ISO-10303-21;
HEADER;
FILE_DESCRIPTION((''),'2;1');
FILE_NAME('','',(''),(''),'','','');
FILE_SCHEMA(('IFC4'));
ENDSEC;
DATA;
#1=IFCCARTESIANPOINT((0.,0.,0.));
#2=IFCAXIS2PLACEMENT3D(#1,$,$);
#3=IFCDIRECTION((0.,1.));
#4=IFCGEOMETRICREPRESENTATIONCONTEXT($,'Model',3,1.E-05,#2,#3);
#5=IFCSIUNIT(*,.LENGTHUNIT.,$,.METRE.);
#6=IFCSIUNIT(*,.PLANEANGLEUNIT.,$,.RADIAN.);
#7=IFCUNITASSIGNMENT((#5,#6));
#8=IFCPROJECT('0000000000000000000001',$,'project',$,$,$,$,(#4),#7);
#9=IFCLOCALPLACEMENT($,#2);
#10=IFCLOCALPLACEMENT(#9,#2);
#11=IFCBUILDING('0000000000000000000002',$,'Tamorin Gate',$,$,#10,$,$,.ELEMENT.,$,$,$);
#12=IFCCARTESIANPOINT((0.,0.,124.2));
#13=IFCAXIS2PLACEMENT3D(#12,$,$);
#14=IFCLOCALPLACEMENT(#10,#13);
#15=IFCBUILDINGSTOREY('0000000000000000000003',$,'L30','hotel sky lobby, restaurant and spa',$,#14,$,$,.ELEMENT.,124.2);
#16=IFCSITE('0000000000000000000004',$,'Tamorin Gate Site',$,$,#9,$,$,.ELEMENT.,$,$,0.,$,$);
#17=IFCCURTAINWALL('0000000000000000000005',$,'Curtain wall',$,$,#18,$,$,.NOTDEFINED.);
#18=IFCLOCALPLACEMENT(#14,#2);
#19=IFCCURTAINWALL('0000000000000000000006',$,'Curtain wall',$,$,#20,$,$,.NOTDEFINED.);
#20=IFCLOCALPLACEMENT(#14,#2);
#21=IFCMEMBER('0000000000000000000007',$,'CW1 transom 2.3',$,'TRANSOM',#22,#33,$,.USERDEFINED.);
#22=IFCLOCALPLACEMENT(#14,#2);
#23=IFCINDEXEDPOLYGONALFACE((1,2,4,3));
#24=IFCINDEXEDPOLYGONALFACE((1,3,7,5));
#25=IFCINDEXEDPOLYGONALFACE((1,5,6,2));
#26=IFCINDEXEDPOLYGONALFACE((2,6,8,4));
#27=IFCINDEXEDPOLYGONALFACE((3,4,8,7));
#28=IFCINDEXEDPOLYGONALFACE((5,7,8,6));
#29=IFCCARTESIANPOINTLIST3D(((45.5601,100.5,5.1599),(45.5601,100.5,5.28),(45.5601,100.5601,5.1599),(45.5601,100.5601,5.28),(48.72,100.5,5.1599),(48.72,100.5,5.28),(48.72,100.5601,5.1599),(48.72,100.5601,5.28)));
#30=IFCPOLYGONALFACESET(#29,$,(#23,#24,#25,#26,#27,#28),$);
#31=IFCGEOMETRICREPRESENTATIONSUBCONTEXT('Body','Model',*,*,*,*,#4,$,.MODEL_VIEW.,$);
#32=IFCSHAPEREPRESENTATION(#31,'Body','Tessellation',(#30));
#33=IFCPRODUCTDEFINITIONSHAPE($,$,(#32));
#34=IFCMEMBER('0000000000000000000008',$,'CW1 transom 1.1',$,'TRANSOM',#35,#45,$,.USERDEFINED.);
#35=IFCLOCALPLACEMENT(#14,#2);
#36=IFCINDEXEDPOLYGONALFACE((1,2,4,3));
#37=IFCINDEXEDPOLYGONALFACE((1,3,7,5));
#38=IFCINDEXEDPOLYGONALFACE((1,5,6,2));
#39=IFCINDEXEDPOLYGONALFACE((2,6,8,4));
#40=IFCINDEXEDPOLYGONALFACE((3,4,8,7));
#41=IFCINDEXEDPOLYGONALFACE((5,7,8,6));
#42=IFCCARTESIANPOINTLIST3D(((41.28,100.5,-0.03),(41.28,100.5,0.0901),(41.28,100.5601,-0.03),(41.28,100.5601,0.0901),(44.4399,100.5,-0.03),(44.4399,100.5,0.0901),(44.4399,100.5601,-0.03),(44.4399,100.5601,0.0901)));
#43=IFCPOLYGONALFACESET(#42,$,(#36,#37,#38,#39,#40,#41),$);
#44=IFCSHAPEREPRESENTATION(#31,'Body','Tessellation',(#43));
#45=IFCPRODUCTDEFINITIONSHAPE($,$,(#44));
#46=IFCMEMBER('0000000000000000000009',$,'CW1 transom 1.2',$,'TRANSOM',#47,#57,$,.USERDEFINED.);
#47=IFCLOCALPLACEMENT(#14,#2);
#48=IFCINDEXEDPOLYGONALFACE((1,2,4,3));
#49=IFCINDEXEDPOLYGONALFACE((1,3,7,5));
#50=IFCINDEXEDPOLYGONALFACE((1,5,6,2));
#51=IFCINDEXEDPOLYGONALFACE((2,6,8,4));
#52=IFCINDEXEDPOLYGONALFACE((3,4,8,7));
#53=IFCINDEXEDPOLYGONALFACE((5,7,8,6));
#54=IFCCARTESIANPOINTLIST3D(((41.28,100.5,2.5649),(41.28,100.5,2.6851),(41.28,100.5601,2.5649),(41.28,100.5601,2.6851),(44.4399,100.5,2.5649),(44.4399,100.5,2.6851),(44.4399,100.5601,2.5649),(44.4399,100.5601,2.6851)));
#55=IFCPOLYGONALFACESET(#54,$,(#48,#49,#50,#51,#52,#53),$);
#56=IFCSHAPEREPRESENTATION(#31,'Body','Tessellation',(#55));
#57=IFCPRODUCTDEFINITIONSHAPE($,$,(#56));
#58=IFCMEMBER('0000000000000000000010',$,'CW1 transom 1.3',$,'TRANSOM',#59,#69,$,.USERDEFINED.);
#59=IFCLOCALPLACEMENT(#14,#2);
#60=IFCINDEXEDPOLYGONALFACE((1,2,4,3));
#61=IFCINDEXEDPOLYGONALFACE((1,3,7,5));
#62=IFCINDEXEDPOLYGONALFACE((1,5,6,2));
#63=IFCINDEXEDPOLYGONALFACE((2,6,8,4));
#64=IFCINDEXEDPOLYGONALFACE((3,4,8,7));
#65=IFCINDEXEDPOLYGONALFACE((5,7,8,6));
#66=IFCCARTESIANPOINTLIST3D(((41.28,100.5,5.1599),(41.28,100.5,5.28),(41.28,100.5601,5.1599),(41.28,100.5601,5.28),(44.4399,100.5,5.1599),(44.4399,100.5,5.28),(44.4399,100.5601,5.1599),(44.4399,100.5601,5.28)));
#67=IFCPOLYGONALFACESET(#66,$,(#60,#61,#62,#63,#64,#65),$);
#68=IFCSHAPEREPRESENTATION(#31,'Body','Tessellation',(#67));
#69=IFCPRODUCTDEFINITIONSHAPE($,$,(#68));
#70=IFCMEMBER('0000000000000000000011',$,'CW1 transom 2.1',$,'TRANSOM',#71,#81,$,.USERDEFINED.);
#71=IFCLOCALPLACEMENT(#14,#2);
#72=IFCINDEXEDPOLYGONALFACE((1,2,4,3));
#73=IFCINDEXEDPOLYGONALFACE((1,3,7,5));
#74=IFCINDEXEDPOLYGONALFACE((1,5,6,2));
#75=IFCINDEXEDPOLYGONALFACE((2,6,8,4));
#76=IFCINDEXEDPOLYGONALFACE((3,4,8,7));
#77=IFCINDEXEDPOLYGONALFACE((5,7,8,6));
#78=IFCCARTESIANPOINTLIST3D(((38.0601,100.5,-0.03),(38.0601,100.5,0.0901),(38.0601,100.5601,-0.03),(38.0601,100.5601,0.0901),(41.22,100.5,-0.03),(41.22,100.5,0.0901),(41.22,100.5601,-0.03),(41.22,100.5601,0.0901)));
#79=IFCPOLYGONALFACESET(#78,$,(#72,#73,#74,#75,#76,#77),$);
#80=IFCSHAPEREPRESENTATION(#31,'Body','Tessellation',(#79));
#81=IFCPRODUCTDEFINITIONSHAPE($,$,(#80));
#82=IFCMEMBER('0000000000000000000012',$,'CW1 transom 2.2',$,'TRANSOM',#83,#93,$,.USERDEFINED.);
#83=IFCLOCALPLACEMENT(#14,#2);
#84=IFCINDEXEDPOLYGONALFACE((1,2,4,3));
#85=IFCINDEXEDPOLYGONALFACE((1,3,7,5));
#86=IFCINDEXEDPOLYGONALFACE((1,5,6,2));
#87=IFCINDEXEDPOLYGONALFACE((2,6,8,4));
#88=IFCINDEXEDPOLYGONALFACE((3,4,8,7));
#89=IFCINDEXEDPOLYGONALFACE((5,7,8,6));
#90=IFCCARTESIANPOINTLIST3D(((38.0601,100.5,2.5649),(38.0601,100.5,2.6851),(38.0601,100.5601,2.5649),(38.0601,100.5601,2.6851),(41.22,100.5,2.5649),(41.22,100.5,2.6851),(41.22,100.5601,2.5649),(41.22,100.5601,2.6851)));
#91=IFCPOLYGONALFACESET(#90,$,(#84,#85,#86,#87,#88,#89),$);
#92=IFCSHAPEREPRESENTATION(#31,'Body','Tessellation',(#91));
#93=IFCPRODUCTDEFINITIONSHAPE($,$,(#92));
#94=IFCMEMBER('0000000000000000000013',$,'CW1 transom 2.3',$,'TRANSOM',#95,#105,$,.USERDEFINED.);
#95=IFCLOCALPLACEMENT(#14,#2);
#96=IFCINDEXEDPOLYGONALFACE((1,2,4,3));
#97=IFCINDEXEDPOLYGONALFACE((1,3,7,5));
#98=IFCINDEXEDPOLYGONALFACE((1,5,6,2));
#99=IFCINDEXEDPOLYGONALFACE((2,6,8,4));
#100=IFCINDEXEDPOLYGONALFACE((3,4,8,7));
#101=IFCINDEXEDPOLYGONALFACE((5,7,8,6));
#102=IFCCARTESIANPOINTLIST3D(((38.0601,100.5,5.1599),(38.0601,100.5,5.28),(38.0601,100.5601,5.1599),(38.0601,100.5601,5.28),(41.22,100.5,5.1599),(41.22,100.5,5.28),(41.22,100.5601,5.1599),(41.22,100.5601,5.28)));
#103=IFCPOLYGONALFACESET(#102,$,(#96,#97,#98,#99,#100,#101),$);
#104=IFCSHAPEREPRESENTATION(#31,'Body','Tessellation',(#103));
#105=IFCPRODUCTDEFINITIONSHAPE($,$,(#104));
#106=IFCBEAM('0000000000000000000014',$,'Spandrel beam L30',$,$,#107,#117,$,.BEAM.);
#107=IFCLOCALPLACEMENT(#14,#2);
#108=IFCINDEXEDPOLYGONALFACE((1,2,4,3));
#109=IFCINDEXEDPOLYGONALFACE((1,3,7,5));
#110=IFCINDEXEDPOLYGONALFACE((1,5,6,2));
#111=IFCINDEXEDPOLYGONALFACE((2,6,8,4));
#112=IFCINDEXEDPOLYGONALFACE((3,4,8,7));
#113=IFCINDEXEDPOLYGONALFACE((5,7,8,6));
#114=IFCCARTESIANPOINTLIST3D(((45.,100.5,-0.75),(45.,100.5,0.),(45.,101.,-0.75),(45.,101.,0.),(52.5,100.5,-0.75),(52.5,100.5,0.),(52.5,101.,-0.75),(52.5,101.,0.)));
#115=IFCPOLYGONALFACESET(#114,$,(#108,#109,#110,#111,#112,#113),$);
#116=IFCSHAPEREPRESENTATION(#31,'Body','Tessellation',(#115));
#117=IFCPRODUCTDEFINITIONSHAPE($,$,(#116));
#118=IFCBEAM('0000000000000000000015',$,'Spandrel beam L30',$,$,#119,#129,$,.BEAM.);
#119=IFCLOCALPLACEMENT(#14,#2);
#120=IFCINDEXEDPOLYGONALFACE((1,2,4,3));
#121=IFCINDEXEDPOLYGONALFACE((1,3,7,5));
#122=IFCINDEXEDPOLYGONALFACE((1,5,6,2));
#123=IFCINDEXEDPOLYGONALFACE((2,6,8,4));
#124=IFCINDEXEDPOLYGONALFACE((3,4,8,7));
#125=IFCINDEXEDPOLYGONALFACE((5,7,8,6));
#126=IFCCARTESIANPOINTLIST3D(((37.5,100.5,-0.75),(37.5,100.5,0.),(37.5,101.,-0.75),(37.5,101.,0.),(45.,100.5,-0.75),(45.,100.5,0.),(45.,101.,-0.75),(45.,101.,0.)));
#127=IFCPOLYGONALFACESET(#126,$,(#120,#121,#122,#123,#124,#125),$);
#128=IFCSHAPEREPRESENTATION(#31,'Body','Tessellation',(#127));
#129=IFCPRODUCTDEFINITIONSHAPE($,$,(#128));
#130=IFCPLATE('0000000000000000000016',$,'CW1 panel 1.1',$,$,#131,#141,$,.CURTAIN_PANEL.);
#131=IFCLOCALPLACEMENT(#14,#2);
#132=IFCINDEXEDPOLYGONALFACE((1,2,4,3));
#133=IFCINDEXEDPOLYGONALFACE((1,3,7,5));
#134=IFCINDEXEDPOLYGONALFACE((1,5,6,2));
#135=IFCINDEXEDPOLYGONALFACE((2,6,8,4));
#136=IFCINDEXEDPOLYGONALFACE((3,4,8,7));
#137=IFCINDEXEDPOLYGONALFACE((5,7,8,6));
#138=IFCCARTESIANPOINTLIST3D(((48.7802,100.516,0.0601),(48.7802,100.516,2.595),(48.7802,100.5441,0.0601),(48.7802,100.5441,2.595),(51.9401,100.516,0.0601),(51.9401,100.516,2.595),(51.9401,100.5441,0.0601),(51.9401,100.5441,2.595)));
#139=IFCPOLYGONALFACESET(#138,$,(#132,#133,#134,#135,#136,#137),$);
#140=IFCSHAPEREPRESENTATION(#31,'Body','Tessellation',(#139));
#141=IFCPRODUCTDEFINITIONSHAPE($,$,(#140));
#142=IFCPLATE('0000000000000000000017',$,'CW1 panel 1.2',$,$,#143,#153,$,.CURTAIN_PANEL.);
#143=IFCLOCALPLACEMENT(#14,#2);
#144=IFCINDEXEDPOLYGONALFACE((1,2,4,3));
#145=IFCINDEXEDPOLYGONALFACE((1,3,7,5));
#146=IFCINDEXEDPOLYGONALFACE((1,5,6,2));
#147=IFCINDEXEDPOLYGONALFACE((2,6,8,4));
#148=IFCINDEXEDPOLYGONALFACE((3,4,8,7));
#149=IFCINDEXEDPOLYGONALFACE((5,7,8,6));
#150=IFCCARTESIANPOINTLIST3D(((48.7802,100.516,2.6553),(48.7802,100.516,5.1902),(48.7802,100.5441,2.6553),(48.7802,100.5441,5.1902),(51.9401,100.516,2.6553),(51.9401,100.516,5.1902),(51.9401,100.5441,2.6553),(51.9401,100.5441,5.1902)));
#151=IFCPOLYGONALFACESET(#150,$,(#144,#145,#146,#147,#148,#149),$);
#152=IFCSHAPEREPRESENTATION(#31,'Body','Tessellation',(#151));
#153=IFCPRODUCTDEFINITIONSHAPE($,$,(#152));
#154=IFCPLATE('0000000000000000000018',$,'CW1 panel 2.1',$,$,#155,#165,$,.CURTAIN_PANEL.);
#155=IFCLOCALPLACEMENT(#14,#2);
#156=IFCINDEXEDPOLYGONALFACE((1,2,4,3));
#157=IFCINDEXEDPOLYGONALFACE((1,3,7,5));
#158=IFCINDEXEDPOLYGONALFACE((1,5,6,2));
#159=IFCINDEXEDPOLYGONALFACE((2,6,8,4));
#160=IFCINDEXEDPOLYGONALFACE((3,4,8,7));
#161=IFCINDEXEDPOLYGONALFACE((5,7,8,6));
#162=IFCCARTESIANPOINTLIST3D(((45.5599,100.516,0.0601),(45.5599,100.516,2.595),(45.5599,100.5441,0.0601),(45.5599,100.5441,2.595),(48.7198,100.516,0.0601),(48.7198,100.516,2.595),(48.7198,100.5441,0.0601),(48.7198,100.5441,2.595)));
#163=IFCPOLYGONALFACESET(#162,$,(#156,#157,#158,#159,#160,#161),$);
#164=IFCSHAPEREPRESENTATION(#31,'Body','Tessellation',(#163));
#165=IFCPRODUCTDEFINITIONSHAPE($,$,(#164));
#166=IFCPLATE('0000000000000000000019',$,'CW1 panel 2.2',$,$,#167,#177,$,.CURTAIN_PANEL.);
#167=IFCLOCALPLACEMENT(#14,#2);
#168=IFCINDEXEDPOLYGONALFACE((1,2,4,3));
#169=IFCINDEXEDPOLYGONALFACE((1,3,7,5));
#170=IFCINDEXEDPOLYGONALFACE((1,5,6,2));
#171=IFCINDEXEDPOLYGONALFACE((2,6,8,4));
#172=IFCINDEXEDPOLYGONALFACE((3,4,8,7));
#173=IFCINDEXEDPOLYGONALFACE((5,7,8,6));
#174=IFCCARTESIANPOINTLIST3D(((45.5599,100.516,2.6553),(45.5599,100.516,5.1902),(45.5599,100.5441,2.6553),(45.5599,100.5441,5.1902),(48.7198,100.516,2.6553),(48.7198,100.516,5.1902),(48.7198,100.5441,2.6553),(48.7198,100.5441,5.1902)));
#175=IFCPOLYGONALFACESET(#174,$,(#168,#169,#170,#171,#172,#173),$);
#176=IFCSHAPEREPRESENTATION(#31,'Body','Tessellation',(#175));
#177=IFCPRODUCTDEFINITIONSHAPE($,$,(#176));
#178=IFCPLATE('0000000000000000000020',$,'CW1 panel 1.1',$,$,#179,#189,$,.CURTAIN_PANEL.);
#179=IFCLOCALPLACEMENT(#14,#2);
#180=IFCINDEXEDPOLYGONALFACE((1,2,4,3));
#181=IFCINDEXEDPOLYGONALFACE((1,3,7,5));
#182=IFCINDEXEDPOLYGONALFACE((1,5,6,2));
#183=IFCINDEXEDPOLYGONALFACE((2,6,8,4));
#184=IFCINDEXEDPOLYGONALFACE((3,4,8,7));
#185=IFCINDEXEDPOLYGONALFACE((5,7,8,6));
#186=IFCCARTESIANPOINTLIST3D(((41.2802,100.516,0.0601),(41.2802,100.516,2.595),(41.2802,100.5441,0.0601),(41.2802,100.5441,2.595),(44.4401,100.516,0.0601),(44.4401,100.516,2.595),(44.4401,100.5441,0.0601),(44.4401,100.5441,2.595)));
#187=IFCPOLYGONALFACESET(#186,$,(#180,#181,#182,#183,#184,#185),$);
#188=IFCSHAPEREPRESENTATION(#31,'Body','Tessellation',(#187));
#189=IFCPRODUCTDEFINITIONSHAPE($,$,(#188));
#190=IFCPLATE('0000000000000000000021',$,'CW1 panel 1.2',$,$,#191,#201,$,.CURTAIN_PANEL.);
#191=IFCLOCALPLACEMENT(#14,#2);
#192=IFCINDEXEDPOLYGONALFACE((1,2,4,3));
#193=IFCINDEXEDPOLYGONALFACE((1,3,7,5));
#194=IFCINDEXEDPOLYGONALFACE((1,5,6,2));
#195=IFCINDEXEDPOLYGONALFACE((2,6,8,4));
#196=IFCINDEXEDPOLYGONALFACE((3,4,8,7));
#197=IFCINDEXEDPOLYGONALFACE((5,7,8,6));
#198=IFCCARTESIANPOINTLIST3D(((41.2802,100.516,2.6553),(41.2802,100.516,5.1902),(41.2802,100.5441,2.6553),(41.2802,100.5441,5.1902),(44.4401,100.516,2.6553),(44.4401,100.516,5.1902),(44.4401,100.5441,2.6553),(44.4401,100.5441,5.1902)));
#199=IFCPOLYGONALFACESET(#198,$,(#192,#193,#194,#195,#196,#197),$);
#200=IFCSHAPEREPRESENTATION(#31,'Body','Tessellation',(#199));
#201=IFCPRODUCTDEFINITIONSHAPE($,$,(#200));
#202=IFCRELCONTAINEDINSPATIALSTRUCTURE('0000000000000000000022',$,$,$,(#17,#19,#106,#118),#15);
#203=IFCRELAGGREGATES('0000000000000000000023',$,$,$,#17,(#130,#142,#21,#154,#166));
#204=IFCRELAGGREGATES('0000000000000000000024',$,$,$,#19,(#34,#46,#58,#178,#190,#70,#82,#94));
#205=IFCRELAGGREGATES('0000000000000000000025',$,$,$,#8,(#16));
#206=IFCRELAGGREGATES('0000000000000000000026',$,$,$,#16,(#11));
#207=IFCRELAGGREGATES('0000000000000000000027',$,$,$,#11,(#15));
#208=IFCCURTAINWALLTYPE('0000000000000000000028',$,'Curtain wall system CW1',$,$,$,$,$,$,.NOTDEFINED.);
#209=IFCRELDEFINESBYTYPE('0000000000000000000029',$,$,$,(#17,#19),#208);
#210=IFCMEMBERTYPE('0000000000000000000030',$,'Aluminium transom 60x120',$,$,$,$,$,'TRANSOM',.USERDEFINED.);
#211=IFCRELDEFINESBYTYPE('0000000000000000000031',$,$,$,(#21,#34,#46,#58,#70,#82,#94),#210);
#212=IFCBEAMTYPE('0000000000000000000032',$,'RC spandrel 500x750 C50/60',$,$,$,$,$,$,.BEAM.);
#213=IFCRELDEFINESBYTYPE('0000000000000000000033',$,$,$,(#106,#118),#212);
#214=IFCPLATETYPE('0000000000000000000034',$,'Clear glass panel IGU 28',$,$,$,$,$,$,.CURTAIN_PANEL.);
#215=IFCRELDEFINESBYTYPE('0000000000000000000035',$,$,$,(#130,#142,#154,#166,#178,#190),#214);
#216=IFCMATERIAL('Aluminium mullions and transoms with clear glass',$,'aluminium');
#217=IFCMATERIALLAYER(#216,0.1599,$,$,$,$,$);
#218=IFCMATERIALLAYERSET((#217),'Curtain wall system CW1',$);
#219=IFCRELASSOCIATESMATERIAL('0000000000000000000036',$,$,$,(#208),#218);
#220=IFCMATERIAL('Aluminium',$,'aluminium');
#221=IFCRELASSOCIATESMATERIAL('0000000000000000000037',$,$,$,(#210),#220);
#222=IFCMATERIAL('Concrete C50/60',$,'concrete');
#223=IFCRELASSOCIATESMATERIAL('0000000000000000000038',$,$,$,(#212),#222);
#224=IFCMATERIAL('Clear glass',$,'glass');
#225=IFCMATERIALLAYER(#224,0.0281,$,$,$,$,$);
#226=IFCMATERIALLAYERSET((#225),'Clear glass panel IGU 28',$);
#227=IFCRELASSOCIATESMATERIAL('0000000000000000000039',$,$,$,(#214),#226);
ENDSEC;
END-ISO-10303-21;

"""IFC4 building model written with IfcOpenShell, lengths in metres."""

from ifc_helpers import new_model, si_unit, direction, frame, origin, origin_2d, place, context, subcontext, project, spatial, rectangle, extrude, material, layer, layer_set, material_profile, profile_set, type_object, element, aggregate, save


model = new_model("IFC4")

# Units and contexts
model_context = context("Model", 3, precision=1e-05, world=origin(), true_north=direction((0.0, 1.0)))
body_context = subcontext(model_context, "Body", "Model", "MODEL_VIEW")
ifc_project = project(units=[si_unit("LENGTHUNIT", "METRE"), si_unit("PLANEANGLEUNIT", "RADIAN")], contexts=[model_context])

# Site, building, storey
site_placement = place(None, origin())
site = spatial("IfcSite", under=ifc_project, at=site_placement, Name="Tamorin Gate Site", CompositionType="ELEMENT", RefElevation=0.0)
building_placement = place(site_placement, origin())
building = spatial("IfcBuilding", under=site, at=building_placement, Name="Tamorin Gate", CompositionType="ELEMENT")
storey_placement = place(building_placement, frame((0.0, 0.0, 124.2)))
storey = spatial("IfcBuildingStorey", under=building, at=storey_placement, Name="L30", Description="hotel sky lobby, restaurant and spa", CompositionType="ELEMENT", Elevation=124.2)

# Curtain walls
ifc_material_1 = material(Name="Aluminium mullions and transoms with clear glass", Category="aluminium")
ifc_layer_1 = layer(ifc_material_1, 0.1599)
ifc_layer_set_1 = layer_set([ifc_layer_1], Name="Curtain wall system CW1")
curtain_wall_type = type_object("IfcCurtainWallType", Name="Curtain wall system CW1", PredefinedType="NOTDEFINED", material=ifc_layer_set_1)
curtain_wall_1_placement = place(storey_placement, origin())
curtain_wall_1 = element("IfcCurtainWall", 1, at=curtain_wall_1_placement, inside=storey, type_object=curtain_wall_type, Name="Curtain wall", PredefinedType="NOTDEFINED")
ifc_material_2 = material(Name="Aluminium", Category="aluminium")
curtain_wall_2_placement = place(storey_placement, origin())
curtain_wall_2 = element("IfcCurtainWall", 2, at=curtain_wall_2_placement, inside=storey, type_object=curtain_wall_type, Name="Curtain wall", PredefinedType="NOTDEFINED")

# Members
ifc_material_profile_1 = material_profile(ifc_material_2, rectangle(XDim=0.0601, YDim=0.1201, at=origin_2d()), Name="RECT 60x120")
ifc_profile_set_1 = profile_set([ifc_material_profile_1], Name="Aluminium")
member_type_1 = type_object("IfcMemberType", Name="Aluminium transom 60x120", ElementType="TRANSOM", PredefinedType="USERDEFINED", material=ifc_profile_set_1)
member_1_placement = place(storey_placement, frame((48.72, 100.53, 5.22), z_axis=(-1.0, 0.0, 0.0), x_axis=(0.0, -1.0, 0.0)))
member_1 = element("IfcMember", 3, at=member_1_placement, type_object=member_type_1, Name="CW1 transom 2.3", ObjectType="TRANSOM", PredefinedType="USERDEFINED", context=body_context, shape_type="SweptSolid", body=[
    extrude(rectangle(XDim=0.0601, YDim=0.1201, at=origin_2d()), origin(), (0.0, 0.0, 1.0), 3.1599),
])
member_2_placement = place(storey_placement, frame((44.4399, 100.53, 0.03), z_axis=(-1.0, 0.0, 0.0), x_axis=(0.0, -1.0, 0.0)))
member_2 = element("IfcMember", 4, at=member_2_placement, type_object=member_type_1, Name="CW1 transom 1.1", ObjectType="TRANSOM", PredefinedType="USERDEFINED", context=body_context, shape_type="SweptSolid", body=[
    extrude(rectangle(XDim=0.0601, YDim=0.1201, at=origin_2d()), origin(), (0.0, 0.0, 1.0), 3.1599),
])
member_3_placement = place(storey_placement, frame((44.4399, 100.53, 2.625), z_axis=(-1.0, 0.0, 0.0), x_axis=(0.0, -1.0, 0.0)))
member_3 = element("IfcMember", 5, at=member_3_placement, type_object=member_type_1, Name="CW1 transom 1.2", ObjectType="TRANSOM", PredefinedType="USERDEFINED", context=body_context, shape_type="SweptSolid", body=[
    extrude(rectangle(XDim=0.0601, YDim=0.1201, at=origin_2d()), origin(), (0.0, 0.0, 1.0), 3.1599),
])
member_4_placement = place(storey_placement, frame((44.4399, 100.53, 5.22), z_axis=(-1.0, 0.0, 0.0), x_axis=(0.0, -1.0, 0.0)))
member_4 = element("IfcMember", 6, at=member_4_placement, type_object=member_type_1, Name="CW1 transom 1.3", ObjectType="TRANSOM", PredefinedType="USERDEFINED", context=body_context, shape_type="SweptSolid", body=[
    extrude(rectangle(XDim=0.0601, YDim=0.1201, at=origin_2d()), origin(), (0.0, 0.0, 1.0), 3.1599),
])
member_5_placement = place(storey_placement, frame((41.22, 100.53, 0.03), z_axis=(-1.0, 0.0, 0.0), x_axis=(0.0, -1.0, 0.0)))
member_5 = element("IfcMember", 7, at=member_5_placement, type_object=member_type_1, Name="CW1 transom 2.1", ObjectType="TRANSOM", PredefinedType="USERDEFINED", context=body_context, shape_type="SweptSolid", body=[
    extrude(rectangle(XDim=0.0601, YDim=0.1201, at=origin_2d()), origin(), (0.0, 0.0, 1.0), 3.1599),
])
member_6_placement = place(storey_placement, frame((41.22, 100.53, 2.625), z_axis=(-1.0, 0.0, 0.0), x_axis=(0.0, -1.0, 0.0)))
member_6 = element("IfcMember", 8, at=member_6_placement, type_object=member_type_1, Name="CW1 transom 2.2", ObjectType="TRANSOM", PredefinedType="USERDEFINED", context=body_context, shape_type="SweptSolid", body=[
    extrude(rectangle(XDim=0.0601, YDim=0.1201, at=origin_2d()), origin(), (0.0, 0.0, 1.0), 3.1599),
])
member_7_placement = place(storey_placement, frame((41.22, 100.53, 5.22), z_axis=(-1.0, 0.0, 0.0), x_axis=(0.0, -1.0, 0.0)))
member_7 = element("IfcMember", 9, at=member_7_placement, type_object=member_type_1, Name="CW1 transom 2.3", ObjectType="TRANSOM", PredefinedType="USERDEFINED", context=body_context, shape_type="SweptSolid", body=[
    extrude(rectangle(XDim=0.0601, YDim=0.1201, at=origin_2d()), origin(), (0.0, 0.0, 1.0), 3.1599),
])

# Beams
ifc_material_3 = material(Name="Concrete C50/60", Category="concrete")
ifc_material_profile_2 = material_profile(ifc_material_3, rectangle(XDim=0.5, YDim=0.75, at=origin_2d()), Name="RC 500x750")
ifc_profile_set_2 = profile_set([ifc_material_profile_2], Name="Concrete C50/60")
beam_type = type_object("IfcBeamType", Name="RC spandrel 500x750 C50/60", PredefinedType="BEAM", material=ifc_profile_set_2)
for number, where, z_axis, x_axis, name in (
    (10, (52.5, 100.75, -0.375), (-1.0, 0.0, 0.0), (0.0, -1.0, 0.0), "Spandrel beam L30"),
    (11, (45.0, 100.75, -0.375), (-1.0, 0.0, 0.0), (0.0, -1.0, 0.0), "Spandrel beam L30"),
):
    element("IfcBeam", number, at=place(storey_placement, frame(where, z_axis=z_axis, x_axis=x_axis)), inside=storey, type_object=beam_type, Name=name, PredefinedType="BEAM", context=body_context, shape_type="SweptSolid", body=[
        extrude(rectangle(XDim=0.5, YDim=0.75, at=origin_2d()), origin(), (0.0, 0.0, 1.0), 7.5),
    ])

# Plates
ifc_material_4 = material(Name="Clear glass", Category="glass")
ifc_layer_2 = layer(ifc_material_4, 0.0281)
ifc_layer_set_2 = layer_set([ifc_layer_2], Name="Clear glass panel IGU 28")
plate_type = type_object("IfcPlateType", Name="Clear glass panel IGU 28", PredefinedType="CURTAIN_PANEL", material=ifc_layer_set_2)
plate_1_placement = place(storey_placement, frame((50.3601, 100.53, 0.0601), z_axis=(0.0, 0.0, 1.0), x_axis=(-1.0, 0.0, 0.0)))
plate_1 = element("IfcPlate", 12, at=plate_1_placement, type_object=plate_type, Name="CW1 panel 1.1", PredefinedType="CURTAIN_PANEL", context=body_context, shape_type="SweptSolid", body=[
    extrude(rectangle(XDim=3.1599, YDim=0.0281, at=origin_2d()), origin(), (0.0, 0.0, 1.0), 2.5349),
])
plate_2_placement = place(storey_placement, frame((50.3601, 100.53, 2.6553), z_axis=(0.0, 0.0, 1.0), x_axis=(-1.0, 0.0, 0.0)))
plate_2 = element("IfcPlate", 13, at=plate_2_placement, type_object=plate_type, Name="CW1 panel 1.2", PredefinedType="CURTAIN_PANEL", context=body_context, shape_type="SweptSolid", body=[
    extrude(rectangle(XDim=3.1599, YDim=0.0281, at=origin_2d()), origin(), (0.0, 0.0, 1.0), 2.5349),
])
plate_3_placement = place(storey_placement, frame((47.1399, 100.53, 0.0601), z_axis=(0.0, 0.0, 1.0), x_axis=(-1.0, 0.0, 0.0)))
plate_3 = element("IfcPlate", 14, at=plate_3_placement, type_object=plate_type, Name="CW1 panel 2.1", PredefinedType="CURTAIN_PANEL", context=body_context, shape_type="SweptSolid", body=[
    extrude(rectangle(XDim=3.1599, YDim=0.0281, at=origin_2d()), origin(), (0.0, 0.0, 1.0), 2.5349),
])
plate_4_placement = place(storey_placement, frame((47.1399, 100.53, 2.6553), z_axis=(0.0, 0.0, 1.0), x_axis=(-1.0, 0.0, 0.0)))
plate_4 = element("IfcPlate", 15, at=plate_4_placement, type_object=plate_type, Name="CW1 panel 2.2", PredefinedType="CURTAIN_PANEL", context=body_context, shape_type="SweptSolid", body=[
    extrude(rectangle(XDim=3.1599, YDim=0.0281, at=origin_2d()), origin(), (0.0, 0.0, 1.0), 2.5349),
])
aggregate(curtain_wall_1, [plate_1, plate_2, member_1, plate_3, plate_4])
plate_5_placement = place(storey_placement, frame((42.8601, 100.53, 0.0601), z_axis=(0.0, 0.0, 1.0), x_axis=(-1.0, 0.0, 0.0)))
plate_5 = element("IfcPlate", 16, at=plate_5_placement, type_object=plate_type, Name="CW1 panel 1.1", PredefinedType="CURTAIN_PANEL", context=body_context, shape_type="SweptSolid", body=[
    extrude(rectangle(XDim=3.1599, YDim=0.0281, at=origin_2d()), origin(), (0.0, 0.0, 1.0), 2.5349),
])
plate_6_placement = place(storey_placement, frame((42.8601, 100.53, 2.6553), z_axis=(0.0, 0.0, 1.0), x_axis=(-1.0, 0.0, 0.0)))
plate_6 = element("IfcPlate", 17, at=plate_6_placement, type_object=plate_type, Name="CW1 panel 1.2", PredefinedType="CURTAIN_PANEL", context=body_context, shape_type="SweptSolid", body=[
    extrude(rectangle(XDim=3.1599, YDim=0.0281, at=origin_2d()), origin(), (0.0, 0.0, 1.0), 2.5349),
])
aggregate(curtain_wall_2, [member_2, member_3, member_4, plate_5, plate_6, member_5, member_6, member_7])

save(model, "model.ifc")
